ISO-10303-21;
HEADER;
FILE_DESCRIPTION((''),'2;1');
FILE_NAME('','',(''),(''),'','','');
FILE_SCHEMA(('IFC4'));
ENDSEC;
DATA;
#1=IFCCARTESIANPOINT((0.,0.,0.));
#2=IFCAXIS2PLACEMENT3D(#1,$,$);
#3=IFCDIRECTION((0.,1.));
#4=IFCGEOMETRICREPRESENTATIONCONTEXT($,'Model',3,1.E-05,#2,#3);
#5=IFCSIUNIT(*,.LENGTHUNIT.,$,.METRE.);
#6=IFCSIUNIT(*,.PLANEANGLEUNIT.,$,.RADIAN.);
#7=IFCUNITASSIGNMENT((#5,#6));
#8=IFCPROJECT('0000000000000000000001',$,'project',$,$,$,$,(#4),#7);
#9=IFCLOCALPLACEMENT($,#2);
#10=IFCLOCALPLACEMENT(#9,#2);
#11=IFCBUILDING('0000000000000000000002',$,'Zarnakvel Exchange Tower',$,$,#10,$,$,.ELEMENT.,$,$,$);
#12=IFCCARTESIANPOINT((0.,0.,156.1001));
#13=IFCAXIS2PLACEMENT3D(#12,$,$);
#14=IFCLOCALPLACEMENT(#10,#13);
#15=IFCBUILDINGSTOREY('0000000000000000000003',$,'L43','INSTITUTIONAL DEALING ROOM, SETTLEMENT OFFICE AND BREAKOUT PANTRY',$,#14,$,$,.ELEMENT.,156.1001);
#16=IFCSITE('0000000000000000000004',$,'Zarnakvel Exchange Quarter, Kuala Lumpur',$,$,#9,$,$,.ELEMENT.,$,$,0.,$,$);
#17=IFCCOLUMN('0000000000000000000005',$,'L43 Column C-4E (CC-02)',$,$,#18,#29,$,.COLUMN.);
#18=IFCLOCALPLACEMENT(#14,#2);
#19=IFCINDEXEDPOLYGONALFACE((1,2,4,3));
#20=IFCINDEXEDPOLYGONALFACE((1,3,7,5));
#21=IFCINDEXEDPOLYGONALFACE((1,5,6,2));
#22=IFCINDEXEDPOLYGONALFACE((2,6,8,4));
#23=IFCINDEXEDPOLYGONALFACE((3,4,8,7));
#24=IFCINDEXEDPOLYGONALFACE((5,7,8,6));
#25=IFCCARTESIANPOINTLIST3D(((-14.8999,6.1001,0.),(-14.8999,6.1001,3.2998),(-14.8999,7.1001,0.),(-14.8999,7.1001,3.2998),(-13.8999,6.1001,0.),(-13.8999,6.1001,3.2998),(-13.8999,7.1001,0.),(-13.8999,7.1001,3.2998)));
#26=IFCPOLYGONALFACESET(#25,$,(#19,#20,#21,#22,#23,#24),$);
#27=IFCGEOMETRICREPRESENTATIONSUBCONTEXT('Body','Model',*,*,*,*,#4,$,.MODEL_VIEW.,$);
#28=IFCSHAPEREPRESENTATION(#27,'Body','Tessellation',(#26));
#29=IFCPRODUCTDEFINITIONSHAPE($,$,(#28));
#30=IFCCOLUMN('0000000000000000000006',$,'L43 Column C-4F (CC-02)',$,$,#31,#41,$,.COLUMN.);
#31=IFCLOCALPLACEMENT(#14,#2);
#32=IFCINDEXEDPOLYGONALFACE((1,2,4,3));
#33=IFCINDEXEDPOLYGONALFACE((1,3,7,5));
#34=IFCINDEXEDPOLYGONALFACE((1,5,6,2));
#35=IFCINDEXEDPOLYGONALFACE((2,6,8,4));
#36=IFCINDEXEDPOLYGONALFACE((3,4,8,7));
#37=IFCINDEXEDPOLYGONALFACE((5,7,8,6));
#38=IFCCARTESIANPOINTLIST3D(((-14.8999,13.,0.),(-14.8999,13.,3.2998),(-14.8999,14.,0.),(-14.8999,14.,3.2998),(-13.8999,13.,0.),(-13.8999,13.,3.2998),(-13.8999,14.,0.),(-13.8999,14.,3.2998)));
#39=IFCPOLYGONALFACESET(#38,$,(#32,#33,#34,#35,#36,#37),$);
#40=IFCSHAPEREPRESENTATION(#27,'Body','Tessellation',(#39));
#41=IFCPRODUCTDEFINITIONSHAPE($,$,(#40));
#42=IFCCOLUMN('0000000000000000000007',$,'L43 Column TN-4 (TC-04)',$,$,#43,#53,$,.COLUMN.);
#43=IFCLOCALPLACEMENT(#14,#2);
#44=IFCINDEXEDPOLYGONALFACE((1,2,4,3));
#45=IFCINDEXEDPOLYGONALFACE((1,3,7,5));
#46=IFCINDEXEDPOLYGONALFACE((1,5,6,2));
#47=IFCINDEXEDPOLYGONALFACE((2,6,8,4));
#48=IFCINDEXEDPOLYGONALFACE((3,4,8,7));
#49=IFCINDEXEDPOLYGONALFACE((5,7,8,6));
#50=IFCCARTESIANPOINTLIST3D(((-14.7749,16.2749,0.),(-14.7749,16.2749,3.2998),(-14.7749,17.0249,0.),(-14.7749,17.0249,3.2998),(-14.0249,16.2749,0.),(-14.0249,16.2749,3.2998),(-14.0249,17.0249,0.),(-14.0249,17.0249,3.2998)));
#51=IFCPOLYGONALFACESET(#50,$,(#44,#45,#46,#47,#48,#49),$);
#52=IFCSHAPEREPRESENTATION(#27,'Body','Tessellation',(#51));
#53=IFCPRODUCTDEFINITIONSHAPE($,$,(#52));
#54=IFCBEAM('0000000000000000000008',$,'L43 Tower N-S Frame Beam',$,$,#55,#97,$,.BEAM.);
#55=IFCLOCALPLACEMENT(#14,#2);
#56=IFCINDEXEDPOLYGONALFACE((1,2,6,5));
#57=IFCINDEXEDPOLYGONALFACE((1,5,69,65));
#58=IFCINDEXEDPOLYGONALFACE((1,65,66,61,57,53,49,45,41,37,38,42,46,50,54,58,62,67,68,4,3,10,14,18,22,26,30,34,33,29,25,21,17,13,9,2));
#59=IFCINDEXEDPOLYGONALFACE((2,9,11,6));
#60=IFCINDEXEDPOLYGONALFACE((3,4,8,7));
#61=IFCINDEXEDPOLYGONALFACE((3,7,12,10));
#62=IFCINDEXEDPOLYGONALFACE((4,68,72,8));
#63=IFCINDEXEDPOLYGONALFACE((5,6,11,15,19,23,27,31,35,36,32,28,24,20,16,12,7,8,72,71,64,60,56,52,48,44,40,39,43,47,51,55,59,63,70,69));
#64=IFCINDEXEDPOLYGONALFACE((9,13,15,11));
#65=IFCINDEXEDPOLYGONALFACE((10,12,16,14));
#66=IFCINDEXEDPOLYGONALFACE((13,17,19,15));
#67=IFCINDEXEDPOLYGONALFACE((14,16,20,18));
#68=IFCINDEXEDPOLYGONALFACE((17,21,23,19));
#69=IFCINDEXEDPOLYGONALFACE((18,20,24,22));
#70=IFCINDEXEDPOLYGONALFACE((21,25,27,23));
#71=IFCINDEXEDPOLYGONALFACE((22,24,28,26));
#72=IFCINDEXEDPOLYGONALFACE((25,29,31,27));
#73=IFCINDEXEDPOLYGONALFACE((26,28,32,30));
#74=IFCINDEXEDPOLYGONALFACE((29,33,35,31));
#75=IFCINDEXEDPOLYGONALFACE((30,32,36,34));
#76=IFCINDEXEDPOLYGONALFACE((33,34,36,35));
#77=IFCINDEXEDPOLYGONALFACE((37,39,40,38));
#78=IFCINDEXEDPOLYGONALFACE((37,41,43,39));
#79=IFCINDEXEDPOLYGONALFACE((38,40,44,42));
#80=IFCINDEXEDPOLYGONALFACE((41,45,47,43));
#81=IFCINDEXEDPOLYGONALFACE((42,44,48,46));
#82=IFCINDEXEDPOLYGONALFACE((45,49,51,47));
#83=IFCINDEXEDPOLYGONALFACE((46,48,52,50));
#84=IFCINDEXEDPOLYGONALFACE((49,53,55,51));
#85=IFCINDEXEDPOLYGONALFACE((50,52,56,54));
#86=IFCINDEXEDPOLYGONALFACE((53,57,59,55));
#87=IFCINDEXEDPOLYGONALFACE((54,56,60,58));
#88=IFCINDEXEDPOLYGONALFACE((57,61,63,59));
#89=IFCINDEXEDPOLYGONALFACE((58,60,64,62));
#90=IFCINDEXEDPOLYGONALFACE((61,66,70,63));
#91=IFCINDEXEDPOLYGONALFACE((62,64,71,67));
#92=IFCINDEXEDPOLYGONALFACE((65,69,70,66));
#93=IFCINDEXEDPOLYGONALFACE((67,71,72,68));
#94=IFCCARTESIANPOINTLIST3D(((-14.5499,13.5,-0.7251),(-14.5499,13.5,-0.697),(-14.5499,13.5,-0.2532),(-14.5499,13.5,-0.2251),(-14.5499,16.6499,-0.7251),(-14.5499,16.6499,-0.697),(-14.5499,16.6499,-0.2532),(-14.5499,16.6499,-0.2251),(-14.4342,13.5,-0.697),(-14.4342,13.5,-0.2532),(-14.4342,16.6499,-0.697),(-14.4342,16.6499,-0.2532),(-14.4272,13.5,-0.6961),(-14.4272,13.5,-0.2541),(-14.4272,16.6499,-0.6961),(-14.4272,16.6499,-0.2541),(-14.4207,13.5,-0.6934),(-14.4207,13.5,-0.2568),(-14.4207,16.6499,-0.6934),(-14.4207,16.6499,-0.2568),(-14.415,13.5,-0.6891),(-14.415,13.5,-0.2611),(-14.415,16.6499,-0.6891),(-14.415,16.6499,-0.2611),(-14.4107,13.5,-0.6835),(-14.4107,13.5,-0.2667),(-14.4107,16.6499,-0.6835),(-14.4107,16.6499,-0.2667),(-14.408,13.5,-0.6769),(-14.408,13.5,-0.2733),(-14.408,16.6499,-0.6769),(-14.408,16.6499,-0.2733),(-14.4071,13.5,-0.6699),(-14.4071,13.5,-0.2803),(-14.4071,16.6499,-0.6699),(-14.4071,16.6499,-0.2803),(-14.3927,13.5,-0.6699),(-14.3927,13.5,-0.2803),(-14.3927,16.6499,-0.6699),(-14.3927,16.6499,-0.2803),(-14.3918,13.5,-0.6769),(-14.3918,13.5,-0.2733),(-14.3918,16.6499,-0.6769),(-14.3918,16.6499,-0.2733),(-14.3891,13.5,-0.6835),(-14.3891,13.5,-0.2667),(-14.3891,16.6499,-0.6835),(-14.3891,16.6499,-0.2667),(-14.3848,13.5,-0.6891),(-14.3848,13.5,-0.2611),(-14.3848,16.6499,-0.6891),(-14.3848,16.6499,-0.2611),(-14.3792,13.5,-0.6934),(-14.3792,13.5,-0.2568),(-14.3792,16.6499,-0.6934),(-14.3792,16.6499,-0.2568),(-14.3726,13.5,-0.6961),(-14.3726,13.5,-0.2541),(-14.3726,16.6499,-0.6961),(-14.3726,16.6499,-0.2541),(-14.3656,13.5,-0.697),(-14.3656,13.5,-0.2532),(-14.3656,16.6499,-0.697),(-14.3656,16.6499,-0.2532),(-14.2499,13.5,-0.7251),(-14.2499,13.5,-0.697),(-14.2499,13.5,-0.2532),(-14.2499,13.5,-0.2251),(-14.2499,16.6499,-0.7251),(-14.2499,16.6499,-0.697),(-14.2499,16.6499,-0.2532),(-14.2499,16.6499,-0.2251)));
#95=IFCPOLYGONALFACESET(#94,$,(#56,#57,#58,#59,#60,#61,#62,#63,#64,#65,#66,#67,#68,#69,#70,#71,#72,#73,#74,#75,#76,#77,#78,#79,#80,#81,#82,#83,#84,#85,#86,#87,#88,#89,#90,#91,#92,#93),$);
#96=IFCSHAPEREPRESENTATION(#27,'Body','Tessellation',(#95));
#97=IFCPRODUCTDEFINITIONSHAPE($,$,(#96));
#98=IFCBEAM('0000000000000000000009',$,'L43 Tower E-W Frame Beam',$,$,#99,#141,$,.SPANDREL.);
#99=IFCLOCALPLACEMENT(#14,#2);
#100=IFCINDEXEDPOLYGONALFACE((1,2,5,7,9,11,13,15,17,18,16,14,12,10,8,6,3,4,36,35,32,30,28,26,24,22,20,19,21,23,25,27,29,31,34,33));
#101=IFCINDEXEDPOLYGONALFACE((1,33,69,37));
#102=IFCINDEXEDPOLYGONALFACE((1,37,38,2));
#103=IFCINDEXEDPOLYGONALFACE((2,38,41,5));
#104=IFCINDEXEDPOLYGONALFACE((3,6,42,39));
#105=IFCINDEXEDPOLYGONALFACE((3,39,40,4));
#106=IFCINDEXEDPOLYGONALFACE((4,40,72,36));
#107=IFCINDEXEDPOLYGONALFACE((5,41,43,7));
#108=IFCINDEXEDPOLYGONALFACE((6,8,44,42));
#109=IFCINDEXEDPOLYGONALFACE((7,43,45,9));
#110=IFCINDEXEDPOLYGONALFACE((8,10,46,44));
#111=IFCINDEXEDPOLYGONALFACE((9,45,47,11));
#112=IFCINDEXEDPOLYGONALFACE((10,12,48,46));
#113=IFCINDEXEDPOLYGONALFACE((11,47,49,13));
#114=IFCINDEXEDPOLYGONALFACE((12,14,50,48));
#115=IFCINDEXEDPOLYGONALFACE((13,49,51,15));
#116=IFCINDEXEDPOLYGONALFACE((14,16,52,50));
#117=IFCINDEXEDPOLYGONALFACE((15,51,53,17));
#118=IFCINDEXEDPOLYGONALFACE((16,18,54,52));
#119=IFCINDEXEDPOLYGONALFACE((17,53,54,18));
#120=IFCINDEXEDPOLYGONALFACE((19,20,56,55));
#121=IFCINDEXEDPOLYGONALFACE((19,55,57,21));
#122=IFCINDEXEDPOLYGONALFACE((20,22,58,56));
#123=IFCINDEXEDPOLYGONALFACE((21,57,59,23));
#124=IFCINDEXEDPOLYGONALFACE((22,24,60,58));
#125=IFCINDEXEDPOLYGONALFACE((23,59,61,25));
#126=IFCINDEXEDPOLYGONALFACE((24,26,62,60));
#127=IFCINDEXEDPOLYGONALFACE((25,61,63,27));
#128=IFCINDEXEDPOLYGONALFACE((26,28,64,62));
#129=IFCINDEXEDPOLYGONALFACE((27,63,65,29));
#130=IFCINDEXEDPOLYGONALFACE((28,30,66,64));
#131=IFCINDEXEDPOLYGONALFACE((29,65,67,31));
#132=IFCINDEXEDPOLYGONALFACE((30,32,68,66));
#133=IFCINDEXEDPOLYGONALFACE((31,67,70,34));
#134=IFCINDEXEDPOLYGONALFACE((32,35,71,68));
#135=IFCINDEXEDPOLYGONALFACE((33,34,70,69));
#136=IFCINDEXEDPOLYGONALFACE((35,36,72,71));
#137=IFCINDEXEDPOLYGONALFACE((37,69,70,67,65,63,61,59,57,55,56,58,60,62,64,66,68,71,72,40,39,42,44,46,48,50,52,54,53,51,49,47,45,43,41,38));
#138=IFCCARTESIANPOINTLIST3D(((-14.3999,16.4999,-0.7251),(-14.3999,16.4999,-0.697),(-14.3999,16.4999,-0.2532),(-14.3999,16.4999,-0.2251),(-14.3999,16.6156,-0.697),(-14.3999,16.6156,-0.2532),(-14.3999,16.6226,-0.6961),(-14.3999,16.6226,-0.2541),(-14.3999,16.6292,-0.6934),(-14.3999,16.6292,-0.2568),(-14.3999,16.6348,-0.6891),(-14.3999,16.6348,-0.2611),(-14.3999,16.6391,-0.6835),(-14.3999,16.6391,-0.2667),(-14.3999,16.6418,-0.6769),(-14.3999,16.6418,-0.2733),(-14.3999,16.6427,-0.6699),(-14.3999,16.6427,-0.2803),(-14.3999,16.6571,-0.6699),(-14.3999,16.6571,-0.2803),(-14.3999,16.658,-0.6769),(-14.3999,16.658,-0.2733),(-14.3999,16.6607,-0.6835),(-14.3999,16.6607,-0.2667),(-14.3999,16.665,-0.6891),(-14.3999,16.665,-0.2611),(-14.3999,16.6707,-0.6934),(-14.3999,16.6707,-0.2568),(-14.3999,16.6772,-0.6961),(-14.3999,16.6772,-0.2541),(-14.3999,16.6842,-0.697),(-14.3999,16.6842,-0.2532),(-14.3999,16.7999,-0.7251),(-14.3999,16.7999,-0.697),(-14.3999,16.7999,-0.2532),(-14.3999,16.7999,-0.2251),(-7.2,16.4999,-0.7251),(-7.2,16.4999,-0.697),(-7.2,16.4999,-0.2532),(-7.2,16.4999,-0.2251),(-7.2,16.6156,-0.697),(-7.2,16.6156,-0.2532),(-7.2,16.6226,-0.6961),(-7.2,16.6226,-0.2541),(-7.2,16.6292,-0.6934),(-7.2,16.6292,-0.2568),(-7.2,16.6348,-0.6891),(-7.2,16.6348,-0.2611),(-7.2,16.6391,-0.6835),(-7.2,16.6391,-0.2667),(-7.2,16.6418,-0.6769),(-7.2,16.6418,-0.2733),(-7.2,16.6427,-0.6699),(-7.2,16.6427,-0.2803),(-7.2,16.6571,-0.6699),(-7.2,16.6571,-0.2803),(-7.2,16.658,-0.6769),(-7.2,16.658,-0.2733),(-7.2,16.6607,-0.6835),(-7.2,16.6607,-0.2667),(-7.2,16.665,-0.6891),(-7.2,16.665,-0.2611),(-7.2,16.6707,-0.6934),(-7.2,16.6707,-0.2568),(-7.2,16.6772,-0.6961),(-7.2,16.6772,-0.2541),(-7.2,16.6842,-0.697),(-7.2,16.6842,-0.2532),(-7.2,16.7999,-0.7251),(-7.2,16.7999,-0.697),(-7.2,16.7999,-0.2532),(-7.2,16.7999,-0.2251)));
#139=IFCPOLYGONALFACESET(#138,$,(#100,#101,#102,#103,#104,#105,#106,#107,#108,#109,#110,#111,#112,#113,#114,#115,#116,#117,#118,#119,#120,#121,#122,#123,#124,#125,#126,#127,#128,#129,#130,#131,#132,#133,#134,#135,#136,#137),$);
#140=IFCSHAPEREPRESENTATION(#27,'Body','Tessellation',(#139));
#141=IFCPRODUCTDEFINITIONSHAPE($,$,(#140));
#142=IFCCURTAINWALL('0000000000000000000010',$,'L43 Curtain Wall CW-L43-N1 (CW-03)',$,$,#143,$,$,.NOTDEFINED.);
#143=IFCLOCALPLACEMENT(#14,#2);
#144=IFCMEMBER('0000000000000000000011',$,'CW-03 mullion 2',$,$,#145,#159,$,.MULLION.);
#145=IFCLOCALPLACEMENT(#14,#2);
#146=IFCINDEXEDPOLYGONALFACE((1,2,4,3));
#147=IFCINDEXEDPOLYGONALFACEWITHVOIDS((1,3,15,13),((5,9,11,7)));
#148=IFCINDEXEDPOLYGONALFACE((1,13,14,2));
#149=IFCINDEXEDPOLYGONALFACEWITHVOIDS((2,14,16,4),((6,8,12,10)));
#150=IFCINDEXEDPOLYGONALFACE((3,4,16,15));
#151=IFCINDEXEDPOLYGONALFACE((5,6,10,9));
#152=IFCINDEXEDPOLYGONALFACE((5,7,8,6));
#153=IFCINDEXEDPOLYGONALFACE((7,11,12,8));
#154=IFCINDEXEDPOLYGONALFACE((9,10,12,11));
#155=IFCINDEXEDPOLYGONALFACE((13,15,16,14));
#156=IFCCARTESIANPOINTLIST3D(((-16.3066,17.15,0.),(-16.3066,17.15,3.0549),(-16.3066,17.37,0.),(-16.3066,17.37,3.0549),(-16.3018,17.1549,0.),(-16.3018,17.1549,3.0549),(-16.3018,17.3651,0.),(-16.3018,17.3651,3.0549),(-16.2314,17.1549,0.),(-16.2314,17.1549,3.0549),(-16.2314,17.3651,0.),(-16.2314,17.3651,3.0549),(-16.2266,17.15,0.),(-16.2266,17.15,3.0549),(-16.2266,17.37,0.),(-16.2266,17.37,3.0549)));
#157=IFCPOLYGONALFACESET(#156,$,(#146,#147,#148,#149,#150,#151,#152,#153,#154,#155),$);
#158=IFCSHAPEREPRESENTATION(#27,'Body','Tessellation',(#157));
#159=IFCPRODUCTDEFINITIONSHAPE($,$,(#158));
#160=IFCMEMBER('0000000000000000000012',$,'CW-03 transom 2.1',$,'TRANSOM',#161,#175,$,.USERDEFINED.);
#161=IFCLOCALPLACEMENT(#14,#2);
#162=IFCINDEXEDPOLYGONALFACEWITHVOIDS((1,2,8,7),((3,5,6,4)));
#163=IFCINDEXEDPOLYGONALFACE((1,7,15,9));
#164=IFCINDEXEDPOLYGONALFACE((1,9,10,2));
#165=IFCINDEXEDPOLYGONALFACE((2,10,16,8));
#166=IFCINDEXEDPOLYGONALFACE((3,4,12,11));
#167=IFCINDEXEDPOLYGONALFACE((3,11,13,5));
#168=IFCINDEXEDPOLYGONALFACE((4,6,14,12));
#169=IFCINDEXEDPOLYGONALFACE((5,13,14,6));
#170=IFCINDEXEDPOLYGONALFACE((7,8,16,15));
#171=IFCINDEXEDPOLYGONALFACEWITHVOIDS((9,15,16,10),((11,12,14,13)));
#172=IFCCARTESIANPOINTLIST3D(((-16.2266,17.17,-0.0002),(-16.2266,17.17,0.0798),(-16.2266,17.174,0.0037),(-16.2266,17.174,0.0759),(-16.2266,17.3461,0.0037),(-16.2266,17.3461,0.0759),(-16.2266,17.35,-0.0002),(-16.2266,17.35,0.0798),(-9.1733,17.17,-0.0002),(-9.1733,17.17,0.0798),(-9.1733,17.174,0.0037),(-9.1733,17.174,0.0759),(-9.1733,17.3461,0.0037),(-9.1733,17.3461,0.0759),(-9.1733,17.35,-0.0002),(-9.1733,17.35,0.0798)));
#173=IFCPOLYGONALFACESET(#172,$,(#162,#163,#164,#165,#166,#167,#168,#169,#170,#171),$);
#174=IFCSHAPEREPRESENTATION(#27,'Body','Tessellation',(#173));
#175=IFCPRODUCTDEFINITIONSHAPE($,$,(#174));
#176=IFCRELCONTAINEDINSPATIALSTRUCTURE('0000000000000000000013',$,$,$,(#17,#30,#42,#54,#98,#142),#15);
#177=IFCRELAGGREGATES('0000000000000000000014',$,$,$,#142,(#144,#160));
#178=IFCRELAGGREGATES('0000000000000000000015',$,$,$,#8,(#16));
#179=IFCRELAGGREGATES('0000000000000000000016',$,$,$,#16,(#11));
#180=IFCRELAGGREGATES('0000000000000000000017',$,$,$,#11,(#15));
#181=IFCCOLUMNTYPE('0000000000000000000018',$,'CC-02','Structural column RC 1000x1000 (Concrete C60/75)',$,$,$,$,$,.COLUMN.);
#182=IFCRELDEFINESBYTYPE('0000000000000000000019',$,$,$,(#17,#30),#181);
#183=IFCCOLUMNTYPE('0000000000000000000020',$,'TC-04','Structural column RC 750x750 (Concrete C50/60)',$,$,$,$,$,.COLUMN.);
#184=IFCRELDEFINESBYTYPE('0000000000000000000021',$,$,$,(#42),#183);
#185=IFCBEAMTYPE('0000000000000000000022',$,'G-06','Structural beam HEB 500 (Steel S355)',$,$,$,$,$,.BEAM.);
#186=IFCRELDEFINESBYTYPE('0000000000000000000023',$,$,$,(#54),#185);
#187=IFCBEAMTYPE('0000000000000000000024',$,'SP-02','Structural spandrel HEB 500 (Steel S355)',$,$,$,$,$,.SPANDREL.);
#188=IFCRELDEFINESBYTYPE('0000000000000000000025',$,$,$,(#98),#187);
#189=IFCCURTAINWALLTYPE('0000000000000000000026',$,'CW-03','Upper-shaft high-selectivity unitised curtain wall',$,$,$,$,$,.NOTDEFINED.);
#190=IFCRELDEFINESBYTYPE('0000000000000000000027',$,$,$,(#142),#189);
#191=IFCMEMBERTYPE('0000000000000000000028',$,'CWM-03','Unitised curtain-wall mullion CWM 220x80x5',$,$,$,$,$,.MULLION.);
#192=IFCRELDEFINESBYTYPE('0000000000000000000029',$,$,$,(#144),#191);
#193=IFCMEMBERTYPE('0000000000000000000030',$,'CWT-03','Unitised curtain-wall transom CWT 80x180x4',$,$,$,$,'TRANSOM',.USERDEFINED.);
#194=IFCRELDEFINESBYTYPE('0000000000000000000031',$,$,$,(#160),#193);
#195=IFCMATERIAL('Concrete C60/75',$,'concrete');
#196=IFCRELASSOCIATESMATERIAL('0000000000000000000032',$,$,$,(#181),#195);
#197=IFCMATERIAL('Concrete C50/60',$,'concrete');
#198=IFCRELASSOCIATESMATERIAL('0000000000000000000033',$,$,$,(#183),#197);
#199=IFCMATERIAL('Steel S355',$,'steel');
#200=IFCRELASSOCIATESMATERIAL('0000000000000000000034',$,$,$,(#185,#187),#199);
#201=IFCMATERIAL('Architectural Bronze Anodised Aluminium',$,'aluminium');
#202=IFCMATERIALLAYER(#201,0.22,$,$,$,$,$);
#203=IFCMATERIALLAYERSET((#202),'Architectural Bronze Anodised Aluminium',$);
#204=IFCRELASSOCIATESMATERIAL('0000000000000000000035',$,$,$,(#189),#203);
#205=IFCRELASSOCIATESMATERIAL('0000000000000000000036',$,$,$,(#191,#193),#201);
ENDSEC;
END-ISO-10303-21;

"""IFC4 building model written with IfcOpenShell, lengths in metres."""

from ifc_helpers import new_model, si_unit, direction, frame, origin, origin_2d, place, context, subcontext, project, spatial, rectangle, hollow_rectangle, i_section, extrude, source, transform, mapped, material, layer, layer_set, material_profile, profile_set, type_object, element, aggregate, save


model = new_model("IFC4")

# Units and contexts
model_context = context("Model", 3, precision=1e-05, world=origin(), true_north=direction((0.0, 1.0)))
body_context = subcontext(model_context, "Body", "Model", "MODEL_VIEW")
ifc_project = project(units=[si_unit("LENGTHUNIT", "METRE"), si_unit("PLANEANGLEUNIT", "RADIAN")], contexts=[model_context])

# Site, building, storey
site_placement = place(None, origin())
site = spatial("IfcSite", under=ifc_project, at=site_placement, Name="Zarnakvel Exchange Quarter, Kuala Lumpur", CompositionType="ELEMENT", RefElevation=0.0)
building_placement = place(site_placement, origin())
building = spatial("IfcBuilding", under=site, at=building_placement, Name="Zarnakvel Exchange Tower", CompositionType="ELEMENT")
storey_placement = place(building_placement, frame((0.0, 0.0, 156.1001)))
storey = spatial("IfcBuildingStorey", under=building, at=storey_placement, Name="L43", Description="INSTITUTIONAL DEALING ROOM, SETTLEMENT OFFICE AND BREAKOUT PANTRY", CompositionType="ELEMENT", Elevation=156.1001)

# Columns
ifc_material_1 = material(Name="Concrete C60/75", Category="concrete")
ifc_material_profile_1 = material_profile(ifc_material_1, rectangle(XDim=1.0, YDim=1.0, at=origin_2d()))
ifc_profile_set_1 = profile_set([ifc_material_profile_1], Name="Concrete C60/75")
column_type_1 = type_object("IfcColumnType", Name="CC-02", Description="Structural column RC 1000x1000 (Concrete C60/75)", PredefinedType="COLUMN", material=ifc_profile_set_1)
for number, where, z_axis, x_axis, name in (
    (1, (-14.3999, 6.6001, 0.0), (0.0, 0.0, 1.0), (1.0, 0.0, 0.0), "L43 Column C-4E (CC-02)"),
    (2, (-14.3999, 13.5, 0.0), (0.0, 0.0, 1.0), (1.0, 0.0, 0.0), "L43 Column C-4F (CC-02)"),
):
    element("IfcColumn", number, at=place(storey_placement, frame(where, z_axis=z_axis, x_axis=x_axis)), inside=storey, type_object=column_type_1, Name=name, PredefinedType="COLUMN", context=body_context, shape_type="SweptSolid", body=[
        extrude(rectangle(XDim=1.0, YDim=1.0, at=origin_2d()), origin(), (0.0, 0.0, 1.0), 3.2998),
    ])
ifc_material_2 = material(Name="Concrete C50/60", Category="concrete")
ifc_material_profile_2 = material_profile(ifc_material_2, rectangle(XDim=0.75, YDim=0.75, at=origin_2d()))
ifc_profile_set_2 = profile_set([ifc_material_profile_2], Name="Concrete C50/60")
column_type_2 = type_object("IfcColumnType", Name="TC-04", Description="Structural column RC 750x750 (Concrete C50/60)", PredefinedType="COLUMN", material=ifc_profile_set_2)
column_placement = place(storey_placement, frame((-14.3999, 16.6499, 0.0), z_axis=(0.0, 0.0, 1.0), x_axis=(1.0, 0.0, 0.0)))
element("IfcColumn", 3, at=column_placement, inside=storey, type_object=column_type_2, Name="L43 Column TN-4 (TC-04)", PredefinedType="COLUMN", context=body_context, shape_type="SweptSolid", body=[
    extrude(rectangle(XDim=0.75, YDim=0.75, at=origin_2d()), origin(), (0.0, 0.0, 1.0), 3.2998),
])

# Beams
ifc_material_3 = material(Name="Steel S355", Category="steel")
ifc_material_profile_3 = material_profile(ifc_material_3, i_section(OverallWidth=0.3, OverallDepth=0.5, WebThickness=0.0144, FlangeThickness=0.0281, FilletRadius=0.0271, at=origin_2d()))
ifc_profile_set_3 = profile_set([ifc_material_profile_3], Name="Steel S355")
beam_type_1 = type_object("IfcBeamType", Name="G-06", Description="Structural beam HEB 500 (Steel S355)", PredefinedType="BEAM", material=ifc_profile_set_3)
beam_1_placement = place(storey_placement, frame((-14.3999, 13.5, -0.4751), z_axis=(0.0, 1.0, 0.0), x_axis=(-1.0, 0.0, 0.0)))
element("IfcBeam", 4, at=beam_1_placement, inside=storey, type_object=beam_type_1, Name="L43 Tower N-S Frame Beam", PredefinedType="BEAM", context=body_context, shape_type="SweptSolid", body=[
    extrude(i_section(OverallWidth=0.3, OverallDepth=0.5, WebThickness=0.0144, FlangeThickness=0.0281, FilletRadius=0.0271, at=origin_2d()), origin(), (0.0, 0.0, 1.0), 3.1499),
])
ifc_material_profile_4 = material_profile(ifc_material_3, i_section(OverallWidth=0.3, OverallDepth=0.5, WebThickness=0.0144, FlangeThickness=0.0281, FilletRadius=0.0271, at=origin_2d()))
ifc_profile_set_4 = profile_set([ifc_material_profile_4], Name="Steel S355")
beam_type_2 = type_object("IfcBeamType", Name="SP-02", Description="Structural spandrel HEB 500 (Steel S355)", PredefinedType="SPANDREL", material=ifc_profile_set_4)
beam_2_placement = place(storey_placement, frame((-14.3999, 16.6499, -0.4751), z_axis=(1.0, 0.0, 0.0), x_axis=(0.0, 1.0, 0.0)))
element("IfcBeam", 5, at=beam_2_placement, inside=storey, type_object=beam_type_2, Name="L43 Tower E-W Frame Beam", PredefinedType="SPANDREL", context=body_context, shape_type="SweptSolid", body=[
    extrude(i_section(OverallWidth=0.3, OverallDepth=0.5, WebThickness=0.0144, FlangeThickness=0.0281, FilletRadius=0.0271, at=origin_2d()), origin(), (0.0, 0.0, 1.0), 7.2),
])

# Curtain wall, members
ifc_material_4 = material(Name="Architectural Bronze Anodised Aluminium", Category="aluminium")
ifc_layer_1 = layer(ifc_material_4, 0.22)
ifc_layer_set_1 = layer_set([ifc_layer_1], Name="Architectural Bronze Anodised Aluminium")
curtain_wall_type = type_object("IfcCurtainWallType", Name="CW-03", Description="Upper-shaft high-selectivity unitised curtain wall", PredefinedType="NOTDEFINED", material=ifc_layer_set_1)
curtain_wall_placement = place(storey_placement, origin())
curtain_wall = element("IfcCurtainWall", 6, at=curtain_wall_placement, inside=storey, type_object=curtain_wall_type, Name="L43 Curtain Wall CW-L43-N1 (CW-03)", PredefinedType="NOTDEFINED")
ifc_material_profile_5 = material_profile(ifc_material_4, hollow_rectangle(XDim=0.22, YDim=0.0801, WallThickness=0.0049, at=origin_2d()))
ifc_profile_set_5 = profile_set([ifc_material_profile_5], Name="Architectural Bronze Anodised Aluminium")
member_type_1 = type_object("IfcMemberType", Name="CWM-03", Description="Unitised curtain-wall mullion CWM 220x80x5", PredefinedType="MULLION", material=ifc_profile_set_5)
shared_shape_1 = source(origin(), body_context, "Body", "SweptSolid", [
    extrude(hollow_rectangle(XDim=0.22, YDim=0.0801, WallThickness=0.0049, at=origin_2d()), origin(), (0.0, 0.0, 1.0), 3.0549),
])
member_1_placement = place(storey_placement, frame((-16.2666, 17.26, 0.0), z_axis=(0.0, 0.0, 1.0), x_axis=(0.0, 1.0, 0.0)))
member_1 = element("IfcMember", 7, at=member_1_placement, type_object=member_type_1, Name="CW-03 mullion 2", PredefinedType="MULLION", context=body_context, shape_type="MappedRepresentation", body=[
    mapped(shared_shape_1, transform((0.0, 0.0, 0.0), x_axis=(1.0, 0.0, 0.0), y_axis=(0.0, 1.0, 0.0), z_axis=(0.0, 0.0, 1.0), scale=1.0)),
])
ifc_material_profile_6 = material_profile(ifc_material_4, hollow_rectangle(XDim=0.1799, YDim=0.0801, WallThickness=0.0039, at=origin_2d()))
ifc_profile_set_6 = profile_set([ifc_material_profile_6], Name="Architectural Bronze Anodised Aluminium")
member_type_2 = type_object("IfcMemberType", Name="CWT-03", Description="Unitised curtain-wall transom CWT 80x180x4", ElementType="TRANSOM", PredefinedType="USERDEFINED", material=ifc_profile_set_6)
shared_shape_2 = source(origin(), body_context, "Body", "SweptSolid", [
    extrude(hollow_rectangle(XDim=0.1799, YDim=0.0801, WallThickness=0.0039, at=origin_2d()), origin(), (0.0, 0.0, 1.0), 7.0532),
])
member_2_placement = place(storey_placement, frame((-16.2266, 17.26, 0.0398), z_axis=(1.0, 0.0, 0.0), x_axis=(0.0, 1.0, 0.0)))
member_2 = element("IfcMember", 8, at=member_2_placement, type_object=member_type_2, Name="CW-03 transom 2.1", ObjectType="TRANSOM", PredefinedType="USERDEFINED", context=body_context, shape_type="MappedRepresentation", body=[
    mapped(shared_shape_2, transform((0.0, 0.0, 0.0), x_axis=(1.0, 0.0, 0.0), y_axis=(0.0, 1.0, 0.0), z_axis=(0.0, 0.0, 1.0), scale=1.0)),
])
aggregate(curtain_wall, [member_1, member_2])

save(model, "model.ifc")
